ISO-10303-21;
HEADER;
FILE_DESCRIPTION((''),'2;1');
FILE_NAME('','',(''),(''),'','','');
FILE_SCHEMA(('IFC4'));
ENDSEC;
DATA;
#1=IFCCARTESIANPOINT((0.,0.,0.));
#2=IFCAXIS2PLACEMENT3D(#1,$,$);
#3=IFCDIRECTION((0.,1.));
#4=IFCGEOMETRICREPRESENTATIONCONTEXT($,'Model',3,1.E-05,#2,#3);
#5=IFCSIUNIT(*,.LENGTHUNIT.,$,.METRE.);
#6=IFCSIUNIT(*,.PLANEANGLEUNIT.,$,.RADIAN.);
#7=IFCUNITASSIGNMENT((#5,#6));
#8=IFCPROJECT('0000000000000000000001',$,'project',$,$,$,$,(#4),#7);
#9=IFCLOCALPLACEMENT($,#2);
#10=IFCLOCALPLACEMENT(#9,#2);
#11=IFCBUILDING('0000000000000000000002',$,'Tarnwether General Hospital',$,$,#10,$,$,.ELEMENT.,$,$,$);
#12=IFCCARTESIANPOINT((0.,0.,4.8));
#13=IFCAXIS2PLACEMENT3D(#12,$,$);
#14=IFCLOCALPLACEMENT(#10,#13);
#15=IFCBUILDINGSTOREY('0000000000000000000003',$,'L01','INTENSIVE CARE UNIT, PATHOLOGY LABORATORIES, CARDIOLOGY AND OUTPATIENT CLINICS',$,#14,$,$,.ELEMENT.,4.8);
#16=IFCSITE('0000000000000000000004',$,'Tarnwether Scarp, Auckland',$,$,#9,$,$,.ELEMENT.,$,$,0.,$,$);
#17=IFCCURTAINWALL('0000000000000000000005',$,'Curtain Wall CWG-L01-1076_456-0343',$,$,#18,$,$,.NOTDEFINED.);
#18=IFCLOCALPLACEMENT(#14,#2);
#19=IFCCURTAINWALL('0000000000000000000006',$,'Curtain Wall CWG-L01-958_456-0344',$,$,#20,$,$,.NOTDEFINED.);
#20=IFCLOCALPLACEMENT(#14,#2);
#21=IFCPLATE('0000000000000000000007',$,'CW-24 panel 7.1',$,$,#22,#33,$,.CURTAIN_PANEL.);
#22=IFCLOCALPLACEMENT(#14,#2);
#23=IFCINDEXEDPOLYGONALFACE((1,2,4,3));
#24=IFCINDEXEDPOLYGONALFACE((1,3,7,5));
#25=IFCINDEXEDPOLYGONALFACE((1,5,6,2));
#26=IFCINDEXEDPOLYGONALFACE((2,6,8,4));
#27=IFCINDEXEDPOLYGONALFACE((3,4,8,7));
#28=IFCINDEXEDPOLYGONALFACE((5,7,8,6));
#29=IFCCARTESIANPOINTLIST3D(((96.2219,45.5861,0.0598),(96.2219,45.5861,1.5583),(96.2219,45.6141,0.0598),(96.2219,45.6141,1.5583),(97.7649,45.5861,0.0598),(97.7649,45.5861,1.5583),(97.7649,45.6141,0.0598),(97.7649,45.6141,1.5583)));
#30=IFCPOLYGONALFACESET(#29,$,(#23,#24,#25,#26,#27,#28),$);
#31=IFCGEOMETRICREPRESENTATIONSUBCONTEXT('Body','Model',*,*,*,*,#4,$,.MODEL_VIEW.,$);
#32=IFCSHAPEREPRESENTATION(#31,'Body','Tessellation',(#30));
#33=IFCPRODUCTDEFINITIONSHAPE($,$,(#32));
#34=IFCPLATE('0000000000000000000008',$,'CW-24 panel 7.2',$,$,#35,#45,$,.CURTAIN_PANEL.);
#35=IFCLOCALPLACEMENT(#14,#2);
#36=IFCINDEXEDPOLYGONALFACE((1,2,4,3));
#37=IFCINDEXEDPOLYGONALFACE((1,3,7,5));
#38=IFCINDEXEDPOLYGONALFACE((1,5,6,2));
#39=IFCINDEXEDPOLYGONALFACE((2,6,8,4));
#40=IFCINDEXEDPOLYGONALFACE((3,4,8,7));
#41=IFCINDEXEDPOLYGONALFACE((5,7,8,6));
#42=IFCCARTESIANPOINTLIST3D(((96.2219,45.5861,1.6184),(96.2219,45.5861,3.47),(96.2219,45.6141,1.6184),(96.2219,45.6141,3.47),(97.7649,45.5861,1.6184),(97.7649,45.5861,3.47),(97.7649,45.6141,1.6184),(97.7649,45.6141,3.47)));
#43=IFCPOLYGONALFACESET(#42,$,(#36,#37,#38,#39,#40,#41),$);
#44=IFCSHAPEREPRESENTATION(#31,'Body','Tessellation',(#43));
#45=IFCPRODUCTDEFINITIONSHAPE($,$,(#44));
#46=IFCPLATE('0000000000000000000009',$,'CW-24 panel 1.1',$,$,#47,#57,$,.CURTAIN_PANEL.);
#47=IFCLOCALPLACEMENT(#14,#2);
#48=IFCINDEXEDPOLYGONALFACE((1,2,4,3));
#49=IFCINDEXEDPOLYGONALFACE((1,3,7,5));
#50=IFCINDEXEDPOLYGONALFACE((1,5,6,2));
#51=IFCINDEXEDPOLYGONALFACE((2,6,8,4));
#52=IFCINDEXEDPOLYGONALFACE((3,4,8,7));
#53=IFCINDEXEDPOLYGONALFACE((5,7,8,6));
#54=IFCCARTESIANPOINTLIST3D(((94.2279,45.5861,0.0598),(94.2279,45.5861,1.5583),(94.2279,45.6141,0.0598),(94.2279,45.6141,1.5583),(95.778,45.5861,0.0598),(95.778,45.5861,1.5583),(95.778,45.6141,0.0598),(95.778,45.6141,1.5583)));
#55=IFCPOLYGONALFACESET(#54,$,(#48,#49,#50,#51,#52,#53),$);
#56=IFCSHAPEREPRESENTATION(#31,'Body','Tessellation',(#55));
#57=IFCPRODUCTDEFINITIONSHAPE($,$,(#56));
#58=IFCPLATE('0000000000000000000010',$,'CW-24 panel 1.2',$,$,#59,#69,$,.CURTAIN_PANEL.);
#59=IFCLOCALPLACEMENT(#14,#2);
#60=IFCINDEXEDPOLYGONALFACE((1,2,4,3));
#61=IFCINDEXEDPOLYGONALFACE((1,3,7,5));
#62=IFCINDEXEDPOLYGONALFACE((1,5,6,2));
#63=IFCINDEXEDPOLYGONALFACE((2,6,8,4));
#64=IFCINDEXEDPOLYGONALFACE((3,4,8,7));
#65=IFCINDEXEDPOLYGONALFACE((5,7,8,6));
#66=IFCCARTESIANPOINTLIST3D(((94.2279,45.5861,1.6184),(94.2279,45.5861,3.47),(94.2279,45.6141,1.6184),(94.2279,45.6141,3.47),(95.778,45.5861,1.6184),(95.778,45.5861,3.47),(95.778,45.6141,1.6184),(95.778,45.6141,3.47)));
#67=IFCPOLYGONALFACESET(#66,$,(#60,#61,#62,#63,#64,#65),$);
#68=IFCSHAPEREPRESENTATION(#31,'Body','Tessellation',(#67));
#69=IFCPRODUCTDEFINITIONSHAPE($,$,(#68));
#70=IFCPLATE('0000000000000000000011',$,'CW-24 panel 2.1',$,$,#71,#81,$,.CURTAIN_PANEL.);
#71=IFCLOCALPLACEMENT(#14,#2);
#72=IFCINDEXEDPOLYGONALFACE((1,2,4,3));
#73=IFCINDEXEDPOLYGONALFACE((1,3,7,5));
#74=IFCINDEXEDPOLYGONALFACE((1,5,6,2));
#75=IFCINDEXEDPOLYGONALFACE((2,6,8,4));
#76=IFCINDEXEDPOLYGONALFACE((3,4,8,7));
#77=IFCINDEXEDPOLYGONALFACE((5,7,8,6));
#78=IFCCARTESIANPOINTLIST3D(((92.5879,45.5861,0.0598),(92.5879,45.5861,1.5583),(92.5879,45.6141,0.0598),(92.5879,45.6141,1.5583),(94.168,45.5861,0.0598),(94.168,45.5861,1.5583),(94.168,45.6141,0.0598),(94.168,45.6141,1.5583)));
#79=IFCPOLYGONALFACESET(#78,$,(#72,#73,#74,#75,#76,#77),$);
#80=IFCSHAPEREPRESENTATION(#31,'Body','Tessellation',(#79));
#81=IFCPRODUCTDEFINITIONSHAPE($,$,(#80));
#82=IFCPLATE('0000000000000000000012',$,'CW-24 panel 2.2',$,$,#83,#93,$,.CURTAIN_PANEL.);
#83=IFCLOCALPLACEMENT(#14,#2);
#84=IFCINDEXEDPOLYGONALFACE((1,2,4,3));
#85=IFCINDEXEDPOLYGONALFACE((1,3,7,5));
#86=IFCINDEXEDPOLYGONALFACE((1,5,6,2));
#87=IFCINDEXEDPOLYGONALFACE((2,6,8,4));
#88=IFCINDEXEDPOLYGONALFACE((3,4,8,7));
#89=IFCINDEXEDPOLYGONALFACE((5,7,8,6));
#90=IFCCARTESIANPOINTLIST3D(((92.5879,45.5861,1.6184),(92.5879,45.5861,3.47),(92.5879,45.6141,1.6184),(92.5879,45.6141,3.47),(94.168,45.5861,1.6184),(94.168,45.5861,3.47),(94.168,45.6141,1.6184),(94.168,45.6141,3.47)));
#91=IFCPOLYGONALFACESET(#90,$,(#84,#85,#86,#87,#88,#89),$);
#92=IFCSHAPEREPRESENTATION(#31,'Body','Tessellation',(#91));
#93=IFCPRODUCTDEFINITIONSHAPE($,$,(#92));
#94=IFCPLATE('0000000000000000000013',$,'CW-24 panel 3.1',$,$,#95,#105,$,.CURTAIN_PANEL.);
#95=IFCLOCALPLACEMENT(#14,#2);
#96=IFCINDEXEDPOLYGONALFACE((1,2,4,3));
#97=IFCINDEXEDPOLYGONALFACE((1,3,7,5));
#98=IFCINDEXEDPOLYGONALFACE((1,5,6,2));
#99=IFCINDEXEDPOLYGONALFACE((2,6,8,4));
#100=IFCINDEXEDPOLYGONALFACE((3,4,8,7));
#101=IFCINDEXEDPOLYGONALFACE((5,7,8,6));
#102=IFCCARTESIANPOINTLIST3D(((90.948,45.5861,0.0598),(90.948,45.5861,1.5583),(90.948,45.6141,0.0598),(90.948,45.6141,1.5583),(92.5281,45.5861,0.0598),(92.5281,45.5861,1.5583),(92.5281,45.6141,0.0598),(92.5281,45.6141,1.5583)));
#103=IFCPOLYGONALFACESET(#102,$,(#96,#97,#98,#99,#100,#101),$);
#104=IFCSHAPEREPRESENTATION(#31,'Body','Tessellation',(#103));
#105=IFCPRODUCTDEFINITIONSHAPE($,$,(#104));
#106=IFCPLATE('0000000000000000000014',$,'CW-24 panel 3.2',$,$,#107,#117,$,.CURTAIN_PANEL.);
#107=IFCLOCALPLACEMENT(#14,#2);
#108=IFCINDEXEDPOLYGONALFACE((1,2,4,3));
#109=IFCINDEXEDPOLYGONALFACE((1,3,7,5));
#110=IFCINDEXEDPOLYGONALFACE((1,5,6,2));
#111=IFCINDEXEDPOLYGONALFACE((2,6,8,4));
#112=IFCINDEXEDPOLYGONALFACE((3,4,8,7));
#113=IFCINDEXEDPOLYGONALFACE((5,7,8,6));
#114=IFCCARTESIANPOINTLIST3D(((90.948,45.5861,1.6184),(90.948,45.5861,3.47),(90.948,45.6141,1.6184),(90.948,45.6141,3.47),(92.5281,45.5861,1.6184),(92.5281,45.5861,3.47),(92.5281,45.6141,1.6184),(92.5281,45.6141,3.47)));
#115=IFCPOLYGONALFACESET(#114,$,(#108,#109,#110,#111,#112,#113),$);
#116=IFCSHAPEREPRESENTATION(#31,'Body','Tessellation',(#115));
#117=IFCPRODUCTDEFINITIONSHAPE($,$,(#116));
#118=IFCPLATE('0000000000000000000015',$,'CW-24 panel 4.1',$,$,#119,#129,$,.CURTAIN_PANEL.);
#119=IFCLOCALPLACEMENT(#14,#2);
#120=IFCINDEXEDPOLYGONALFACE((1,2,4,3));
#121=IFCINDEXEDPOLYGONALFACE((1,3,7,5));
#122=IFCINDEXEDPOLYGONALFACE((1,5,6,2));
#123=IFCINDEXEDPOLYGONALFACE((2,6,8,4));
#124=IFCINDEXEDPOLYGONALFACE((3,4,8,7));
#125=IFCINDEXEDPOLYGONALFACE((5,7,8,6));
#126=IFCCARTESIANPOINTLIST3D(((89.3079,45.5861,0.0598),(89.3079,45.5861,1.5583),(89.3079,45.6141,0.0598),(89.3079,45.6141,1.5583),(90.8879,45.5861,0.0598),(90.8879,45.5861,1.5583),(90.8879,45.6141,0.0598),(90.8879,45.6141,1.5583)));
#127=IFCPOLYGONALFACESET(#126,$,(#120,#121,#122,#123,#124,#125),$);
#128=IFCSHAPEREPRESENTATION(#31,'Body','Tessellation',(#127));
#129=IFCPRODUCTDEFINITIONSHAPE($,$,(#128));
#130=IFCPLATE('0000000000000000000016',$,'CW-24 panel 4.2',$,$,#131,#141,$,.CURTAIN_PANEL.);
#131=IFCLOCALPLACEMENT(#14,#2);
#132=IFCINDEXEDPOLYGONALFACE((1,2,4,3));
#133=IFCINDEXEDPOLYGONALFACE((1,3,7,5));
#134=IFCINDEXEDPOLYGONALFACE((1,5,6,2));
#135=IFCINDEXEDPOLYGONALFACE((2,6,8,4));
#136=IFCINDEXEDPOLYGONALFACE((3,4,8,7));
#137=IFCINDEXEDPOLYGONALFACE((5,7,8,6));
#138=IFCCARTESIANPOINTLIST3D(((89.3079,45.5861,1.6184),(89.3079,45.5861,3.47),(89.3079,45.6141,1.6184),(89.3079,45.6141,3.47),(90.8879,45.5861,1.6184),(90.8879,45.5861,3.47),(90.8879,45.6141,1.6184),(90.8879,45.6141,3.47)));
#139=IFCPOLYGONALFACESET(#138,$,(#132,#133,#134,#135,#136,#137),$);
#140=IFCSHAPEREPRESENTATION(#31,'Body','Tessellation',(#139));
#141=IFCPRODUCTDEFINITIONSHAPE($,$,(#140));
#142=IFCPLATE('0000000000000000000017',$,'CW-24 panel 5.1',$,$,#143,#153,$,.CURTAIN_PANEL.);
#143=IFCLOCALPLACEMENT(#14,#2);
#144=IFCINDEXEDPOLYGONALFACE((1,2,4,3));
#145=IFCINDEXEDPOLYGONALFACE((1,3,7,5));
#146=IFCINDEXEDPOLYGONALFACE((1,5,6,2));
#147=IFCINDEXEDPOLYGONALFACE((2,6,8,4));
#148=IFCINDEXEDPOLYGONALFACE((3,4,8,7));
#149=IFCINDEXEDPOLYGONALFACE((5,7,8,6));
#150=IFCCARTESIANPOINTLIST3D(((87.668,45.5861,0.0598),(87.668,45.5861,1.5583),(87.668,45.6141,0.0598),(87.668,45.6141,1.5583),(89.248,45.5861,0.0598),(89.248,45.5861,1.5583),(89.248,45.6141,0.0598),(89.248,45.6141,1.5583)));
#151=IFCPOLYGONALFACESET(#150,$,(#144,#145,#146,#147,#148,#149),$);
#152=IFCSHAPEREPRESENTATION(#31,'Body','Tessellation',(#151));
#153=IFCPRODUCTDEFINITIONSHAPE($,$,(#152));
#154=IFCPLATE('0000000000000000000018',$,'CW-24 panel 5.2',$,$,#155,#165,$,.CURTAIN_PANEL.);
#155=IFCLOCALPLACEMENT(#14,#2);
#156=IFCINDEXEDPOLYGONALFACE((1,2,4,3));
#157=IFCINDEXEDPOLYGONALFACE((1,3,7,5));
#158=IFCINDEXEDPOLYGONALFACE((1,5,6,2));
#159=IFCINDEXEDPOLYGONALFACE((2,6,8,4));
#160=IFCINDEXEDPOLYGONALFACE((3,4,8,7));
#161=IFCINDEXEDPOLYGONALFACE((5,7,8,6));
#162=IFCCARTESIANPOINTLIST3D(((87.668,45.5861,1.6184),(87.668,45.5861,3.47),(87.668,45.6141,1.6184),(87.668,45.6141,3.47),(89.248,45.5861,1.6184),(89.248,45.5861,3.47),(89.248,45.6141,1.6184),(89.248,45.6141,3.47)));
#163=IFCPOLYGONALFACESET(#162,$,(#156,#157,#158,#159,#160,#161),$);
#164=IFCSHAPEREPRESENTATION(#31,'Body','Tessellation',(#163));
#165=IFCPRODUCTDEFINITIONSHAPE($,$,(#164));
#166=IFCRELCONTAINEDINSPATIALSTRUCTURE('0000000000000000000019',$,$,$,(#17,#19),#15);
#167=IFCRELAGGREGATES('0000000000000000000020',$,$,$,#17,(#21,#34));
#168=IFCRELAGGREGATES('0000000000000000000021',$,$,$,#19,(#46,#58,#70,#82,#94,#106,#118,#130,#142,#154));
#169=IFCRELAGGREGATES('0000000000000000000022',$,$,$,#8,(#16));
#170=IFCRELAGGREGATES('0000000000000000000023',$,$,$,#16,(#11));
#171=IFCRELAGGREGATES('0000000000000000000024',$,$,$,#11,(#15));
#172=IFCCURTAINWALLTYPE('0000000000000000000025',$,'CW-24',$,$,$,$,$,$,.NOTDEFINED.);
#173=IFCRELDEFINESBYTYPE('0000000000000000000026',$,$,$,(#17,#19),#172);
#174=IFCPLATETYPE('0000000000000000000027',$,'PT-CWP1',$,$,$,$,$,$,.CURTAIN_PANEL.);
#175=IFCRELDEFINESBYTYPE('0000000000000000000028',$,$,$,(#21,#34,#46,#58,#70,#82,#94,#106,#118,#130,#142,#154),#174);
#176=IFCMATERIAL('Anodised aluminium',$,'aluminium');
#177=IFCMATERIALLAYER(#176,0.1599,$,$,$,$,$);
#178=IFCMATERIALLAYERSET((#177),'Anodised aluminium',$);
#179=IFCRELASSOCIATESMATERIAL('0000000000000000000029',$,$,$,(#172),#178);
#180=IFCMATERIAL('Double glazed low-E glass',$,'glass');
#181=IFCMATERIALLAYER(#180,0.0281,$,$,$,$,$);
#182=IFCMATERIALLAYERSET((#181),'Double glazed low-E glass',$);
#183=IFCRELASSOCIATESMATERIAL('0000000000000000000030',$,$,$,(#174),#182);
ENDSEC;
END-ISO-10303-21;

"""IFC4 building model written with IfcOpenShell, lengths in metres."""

from ifc_helpers import new_model, si_unit, direction, frame, origin, origin_2d, place, context, subcontext, project, spatial, rectangle, extrude, material, layer, layer_set, type_object, element, aggregate, save


model = new_model("IFC4")

# Units and contexts
model_context = context("Model", 3, precision=1e-05, world=origin(), true_north=direction((0.0, 1.0)))
body_context = subcontext(model_context, "Body", "Model", "MODEL_VIEW")
ifc_project = project(units=[si_unit("LENGTHUNIT", "METRE"), si_unit("PLANEANGLEUNIT", "RADIAN")], contexts=[model_context])

# Site, building, storey
site_placement = place(None, origin())
site = spatial("IfcSite", under=ifc_project, at=site_placement, Name="Tarnwether Scarp, Auckland", CompositionType="ELEMENT", RefElevation=0.0)
building_placement = place(site_placement, origin())
building = spatial("IfcBuilding", under=site, at=building_placement, Name="Tarnwether General Hospital", CompositionType="ELEMENT")
storey_placement = place(building_placement, frame((0.0, 0.0, 4.8)))
storey = spatial("IfcBuildingStorey", under=building, at=storey_placement, Name="L01", Description="INTENSIVE CARE UNIT, PATHOLOGY LABORATORIES, CARDIOLOGY AND OUTPATIENT CLINICS", CompositionType="ELEMENT", Elevation=4.8)

# Curtain wall
ifc_material_1 = material(Name="Anodised aluminium", Category="aluminium")
ifc_layer_1 = layer(ifc_material_1, 0.1599)
ifc_layer_set_1 = layer_set([ifc_layer_1], Name="Anodised aluminium")
curtain_wall_type = type_object("IfcCurtainWallType", Name="CW-24", PredefinedType="NOTDEFINED", material=ifc_layer_set_1)
curtain_wall_1_placement = place(storey_placement, origin())
curtain_wall_1 = element("IfcCurtainWall", 1, at=curtain_wall_1_placement, inside=storey, type_object=curtain_wall_type, Name="Curtain Wall CWG-L01-1076_456-0343", PredefinedType="NOTDEFINED")

# Curtain wall
curtain_wall_2_placement = place(storey_placement, origin())
curtain_wall_2 = element("IfcCurtainWall", 2, at=curtain_wall_2_placement, inside=storey, type_object=curtain_wall_type, Name="Curtain Wall CWG-L01-958_456-0344", PredefinedType="NOTDEFINED")

# Plates
ifc_material_2 = material(Name="Double glazed low-E glass", Category="glass")
ifc_layer_2 = layer(ifc_material_2, 0.0281)
ifc_layer_set_2 = layer_set([ifc_layer_2], Name="Double glazed low-E glass")
plate_type = type_object("IfcPlateType", Name="PT-CWP1", PredefinedType="CURTAIN_PANEL", material=ifc_layer_set_2)
plate_1_placement = place(storey_placement, frame((96.9934, 45.6001, 0.0598), z_axis=(0.0, 0.0, 1.0), x_axis=(-1.0, 0.0, 0.0)))
plate_1 = element("IfcPlate", 3, at=plate_1_placement, type_object=plate_type, Name="CW-24 panel 7.1", PredefinedType="CURTAIN_PANEL", context=body_context, shape_type="SweptSolid", body=[
    extrude(rectangle(XDim=1.543, YDim=0.0281, at=origin_2d()), origin(), (0.0, 0.0, 1.0), 1.4985),
])
plate_2_placement = place(storey_placement, frame((96.9934, 45.6001, 1.6184), z_axis=(0.0, 0.0, 1.0), x_axis=(-1.0, 0.0, 0.0)))
plate_2 = element("IfcPlate", 4, at=plate_2_placement, type_object=plate_type, Name="CW-24 panel 7.2", PredefinedType="CURTAIN_PANEL", context=body_context, shape_type="SweptSolid", body=[
    extrude(rectangle(XDim=1.543, YDim=0.0281, at=origin_2d()), origin(), (0.0, 0.0, 1.0), 1.8516),
])
aggregate(curtain_wall_1, [plate_1, plate_2])
plate_3_placement = place(storey_placement, frame((95.0029, 45.6001, 0.0598), z_axis=(0.0, 0.0, 1.0), x_axis=(-1.0, 0.0, 0.0)))
plate_3 = element("IfcPlate", 5, at=plate_3_placement, type_object=plate_type, Name="CW-24 panel 1.1", PredefinedType="CURTAIN_PANEL", context=body_context, shape_type="SweptSolid", body=[
    extrude(rectangle(XDim=1.55, YDim=0.0281, at=origin_2d()), origin(), (0.0, 0.0, 1.0), 1.4985),
])
plate_4_placement = place(storey_placement, frame((95.0029, 45.6001, 1.6184), z_axis=(0.0, 0.0, 1.0), x_axis=(-1.0, 0.0, 0.0)))
plate_4 = element("IfcPlate", 6, at=plate_4_placement, type_object=plate_type, Name="CW-24 panel 1.2", PredefinedType="CURTAIN_PANEL", context=body_context, shape_type="SweptSolid", body=[
    extrude(rectangle(XDim=1.55, YDim=0.0281, at=origin_2d()), origin(), (0.0, 0.0, 1.0), 1.8516),
])
plate_5_placement = place(storey_placement, frame((93.3779, 45.6001, 0.0598), z_axis=(0.0, 0.0, 1.0), x_axis=(-1.0, 0.0, 0.0)))
plate_5 = element("IfcPlate", 7, at=plate_5_placement, type_object=plate_type, Name="CW-24 panel 2.1", PredefinedType="CURTAIN_PANEL", context=body_context, shape_type="SweptSolid", body=[
    extrude(rectangle(XDim=1.5801, YDim=0.0281, at=origin_2d()), origin(), (0.0, 0.0, 1.0), 1.4985),
])
plate_6_placement = place(storey_placement, frame((93.3779, 45.6001, 1.6184), z_axis=(0.0, 0.0, 1.0), x_axis=(-1.0, 0.0, 0.0)))
plate_6 = element("IfcPlate", 8, at=plate_6_placement, type_object=plate_type, Name="CW-24 panel 2.2", PredefinedType="CURTAIN_PANEL", context=body_context, shape_type="SweptSolid", body=[
    extrude(rectangle(XDim=1.5801, YDim=0.0281, at=origin_2d()), origin(), (0.0, 0.0, 1.0), 1.8516),
])
plate_7_placement = place(storey_placement, frame((91.738, 45.6001, 0.0598), z_axis=(0.0, 0.0, 1.0), x_axis=(-1.0, 0.0, 0.0)))
plate_7 = element("IfcPlate", 9, at=plate_7_placement, type_object=plate_type, Name="CW-24 panel 3.1", PredefinedType="CURTAIN_PANEL", context=body_context, shape_type="SweptSolid", body=[
    extrude(rectangle(XDim=1.5801, YDim=0.0281, at=origin_2d()), origin(), (0.0, 0.0, 1.0), 1.4985),
])
plate_8_placement = place(storey_placement, frame((91.738, 45.6001, 1.6184), z_axis=(0.0, 0.0, 1.0), x_axis=(-1.0, 0.0, 0.0)))
plate_8 = element("IfcPlate", 10, at=plate_8_placement, type_object=plate_type, Name="CW-24 panel 3.2", PredefinedType="CURTAIN_PANEL", context=body_context, shape_type="SweptSolid", body=[
    extrude(rectangle(XDim=1.5801, YDim=0.0281, at=origin_2d()), origin(), (0.0, 0.0, 1.0), 1.8516),
])
plate_9_placement = place(storey_placement, frame((90.0979, 45.6001, 0.0598), z_axis=(0.0, 0.0, 1.0), x_axis=(-1.0, 0.0, 0.0)))
plate_9 = element("IfcPlate", 11, at=plate_9_placement, type_object=plate_type, Name="CW-24 panel 4.1", PredefinedType="CURTAIN_PANEL", context=body_context, shape_type="SweptSolid", body=[
    extrude(rectangle(XDim=1.5801, YDim=0.0281, at=origin_2d()), origin(), (0.0, 0.0, 1.0), 1.4985),
])
plate_10_placement = place(storey_placement, frame((90.0979, 45.6001, 1.6184), z_axis=(0.0, 0.0, 1.0), x_axis=(-1.0, 0.0, 0.0)))
plate_10 = element("IfcPlate", 12, at=plate_10_placement, type_object=plate_type, Name="CW-24 panel 4.2", PredefinedType="CURTAIN_PANEL", context=body_context, shape_type="SweptSolid", body=[
    extrude(rectangle(XDim=1.5801, YDim=0.0281, at=origin_2d()), origin(), (0.0, 0.0, 1.0), 1.8516),
])
plate_11_placement = place(storey_placement, frame((88.458, 45.6001, 0.0598), z_axis=(0.0, 0.0, 1.0), x_axis=(-1.0, 0.0, 0.0)))
plate_11 = element("IfcPlate", 13, at=plate_11_placement, type_object=plate_type, Name="CW-24 panel 5.1", PredefinedType="CURTAIN_PANEL", context=body_context, shape_type="SweptSolid", body=[
    extrude(rectangle(XDim=1.5801, YDim=0.0281, at=origin_2d()), origin(), (0.0, 0.0, 1.0), 1.4985),
])
plate_12_placement = place(storey_placement, frame((88.458, 45.6001, 1.6184), z_axis=(0.0, 0.0, 1.0), x_axis=(-1.0, 0.0, 0.0)))
plate_12 = element("IfcPlate", 14, at=plate_12_placement, type_object=plate_type, Name="CW-24 panel 5.2", PredefinedType="CURTAIN_PANEL", context=body_context, shape_type="SweptSolid", body=[
    extrude(rectangle(XDim=1.5801, YDim=0.0281, at=origin_2d()), origin(), (0.0, 0.0, 1.0), 1.8516),
])
aggregate(curtain_wall_2, [plate_3, plate_4, plate_5, plate_6, plate_7, plate_8, plate_9, plate_10, plate_11, plate_12])

save(model, "model.ifc")
